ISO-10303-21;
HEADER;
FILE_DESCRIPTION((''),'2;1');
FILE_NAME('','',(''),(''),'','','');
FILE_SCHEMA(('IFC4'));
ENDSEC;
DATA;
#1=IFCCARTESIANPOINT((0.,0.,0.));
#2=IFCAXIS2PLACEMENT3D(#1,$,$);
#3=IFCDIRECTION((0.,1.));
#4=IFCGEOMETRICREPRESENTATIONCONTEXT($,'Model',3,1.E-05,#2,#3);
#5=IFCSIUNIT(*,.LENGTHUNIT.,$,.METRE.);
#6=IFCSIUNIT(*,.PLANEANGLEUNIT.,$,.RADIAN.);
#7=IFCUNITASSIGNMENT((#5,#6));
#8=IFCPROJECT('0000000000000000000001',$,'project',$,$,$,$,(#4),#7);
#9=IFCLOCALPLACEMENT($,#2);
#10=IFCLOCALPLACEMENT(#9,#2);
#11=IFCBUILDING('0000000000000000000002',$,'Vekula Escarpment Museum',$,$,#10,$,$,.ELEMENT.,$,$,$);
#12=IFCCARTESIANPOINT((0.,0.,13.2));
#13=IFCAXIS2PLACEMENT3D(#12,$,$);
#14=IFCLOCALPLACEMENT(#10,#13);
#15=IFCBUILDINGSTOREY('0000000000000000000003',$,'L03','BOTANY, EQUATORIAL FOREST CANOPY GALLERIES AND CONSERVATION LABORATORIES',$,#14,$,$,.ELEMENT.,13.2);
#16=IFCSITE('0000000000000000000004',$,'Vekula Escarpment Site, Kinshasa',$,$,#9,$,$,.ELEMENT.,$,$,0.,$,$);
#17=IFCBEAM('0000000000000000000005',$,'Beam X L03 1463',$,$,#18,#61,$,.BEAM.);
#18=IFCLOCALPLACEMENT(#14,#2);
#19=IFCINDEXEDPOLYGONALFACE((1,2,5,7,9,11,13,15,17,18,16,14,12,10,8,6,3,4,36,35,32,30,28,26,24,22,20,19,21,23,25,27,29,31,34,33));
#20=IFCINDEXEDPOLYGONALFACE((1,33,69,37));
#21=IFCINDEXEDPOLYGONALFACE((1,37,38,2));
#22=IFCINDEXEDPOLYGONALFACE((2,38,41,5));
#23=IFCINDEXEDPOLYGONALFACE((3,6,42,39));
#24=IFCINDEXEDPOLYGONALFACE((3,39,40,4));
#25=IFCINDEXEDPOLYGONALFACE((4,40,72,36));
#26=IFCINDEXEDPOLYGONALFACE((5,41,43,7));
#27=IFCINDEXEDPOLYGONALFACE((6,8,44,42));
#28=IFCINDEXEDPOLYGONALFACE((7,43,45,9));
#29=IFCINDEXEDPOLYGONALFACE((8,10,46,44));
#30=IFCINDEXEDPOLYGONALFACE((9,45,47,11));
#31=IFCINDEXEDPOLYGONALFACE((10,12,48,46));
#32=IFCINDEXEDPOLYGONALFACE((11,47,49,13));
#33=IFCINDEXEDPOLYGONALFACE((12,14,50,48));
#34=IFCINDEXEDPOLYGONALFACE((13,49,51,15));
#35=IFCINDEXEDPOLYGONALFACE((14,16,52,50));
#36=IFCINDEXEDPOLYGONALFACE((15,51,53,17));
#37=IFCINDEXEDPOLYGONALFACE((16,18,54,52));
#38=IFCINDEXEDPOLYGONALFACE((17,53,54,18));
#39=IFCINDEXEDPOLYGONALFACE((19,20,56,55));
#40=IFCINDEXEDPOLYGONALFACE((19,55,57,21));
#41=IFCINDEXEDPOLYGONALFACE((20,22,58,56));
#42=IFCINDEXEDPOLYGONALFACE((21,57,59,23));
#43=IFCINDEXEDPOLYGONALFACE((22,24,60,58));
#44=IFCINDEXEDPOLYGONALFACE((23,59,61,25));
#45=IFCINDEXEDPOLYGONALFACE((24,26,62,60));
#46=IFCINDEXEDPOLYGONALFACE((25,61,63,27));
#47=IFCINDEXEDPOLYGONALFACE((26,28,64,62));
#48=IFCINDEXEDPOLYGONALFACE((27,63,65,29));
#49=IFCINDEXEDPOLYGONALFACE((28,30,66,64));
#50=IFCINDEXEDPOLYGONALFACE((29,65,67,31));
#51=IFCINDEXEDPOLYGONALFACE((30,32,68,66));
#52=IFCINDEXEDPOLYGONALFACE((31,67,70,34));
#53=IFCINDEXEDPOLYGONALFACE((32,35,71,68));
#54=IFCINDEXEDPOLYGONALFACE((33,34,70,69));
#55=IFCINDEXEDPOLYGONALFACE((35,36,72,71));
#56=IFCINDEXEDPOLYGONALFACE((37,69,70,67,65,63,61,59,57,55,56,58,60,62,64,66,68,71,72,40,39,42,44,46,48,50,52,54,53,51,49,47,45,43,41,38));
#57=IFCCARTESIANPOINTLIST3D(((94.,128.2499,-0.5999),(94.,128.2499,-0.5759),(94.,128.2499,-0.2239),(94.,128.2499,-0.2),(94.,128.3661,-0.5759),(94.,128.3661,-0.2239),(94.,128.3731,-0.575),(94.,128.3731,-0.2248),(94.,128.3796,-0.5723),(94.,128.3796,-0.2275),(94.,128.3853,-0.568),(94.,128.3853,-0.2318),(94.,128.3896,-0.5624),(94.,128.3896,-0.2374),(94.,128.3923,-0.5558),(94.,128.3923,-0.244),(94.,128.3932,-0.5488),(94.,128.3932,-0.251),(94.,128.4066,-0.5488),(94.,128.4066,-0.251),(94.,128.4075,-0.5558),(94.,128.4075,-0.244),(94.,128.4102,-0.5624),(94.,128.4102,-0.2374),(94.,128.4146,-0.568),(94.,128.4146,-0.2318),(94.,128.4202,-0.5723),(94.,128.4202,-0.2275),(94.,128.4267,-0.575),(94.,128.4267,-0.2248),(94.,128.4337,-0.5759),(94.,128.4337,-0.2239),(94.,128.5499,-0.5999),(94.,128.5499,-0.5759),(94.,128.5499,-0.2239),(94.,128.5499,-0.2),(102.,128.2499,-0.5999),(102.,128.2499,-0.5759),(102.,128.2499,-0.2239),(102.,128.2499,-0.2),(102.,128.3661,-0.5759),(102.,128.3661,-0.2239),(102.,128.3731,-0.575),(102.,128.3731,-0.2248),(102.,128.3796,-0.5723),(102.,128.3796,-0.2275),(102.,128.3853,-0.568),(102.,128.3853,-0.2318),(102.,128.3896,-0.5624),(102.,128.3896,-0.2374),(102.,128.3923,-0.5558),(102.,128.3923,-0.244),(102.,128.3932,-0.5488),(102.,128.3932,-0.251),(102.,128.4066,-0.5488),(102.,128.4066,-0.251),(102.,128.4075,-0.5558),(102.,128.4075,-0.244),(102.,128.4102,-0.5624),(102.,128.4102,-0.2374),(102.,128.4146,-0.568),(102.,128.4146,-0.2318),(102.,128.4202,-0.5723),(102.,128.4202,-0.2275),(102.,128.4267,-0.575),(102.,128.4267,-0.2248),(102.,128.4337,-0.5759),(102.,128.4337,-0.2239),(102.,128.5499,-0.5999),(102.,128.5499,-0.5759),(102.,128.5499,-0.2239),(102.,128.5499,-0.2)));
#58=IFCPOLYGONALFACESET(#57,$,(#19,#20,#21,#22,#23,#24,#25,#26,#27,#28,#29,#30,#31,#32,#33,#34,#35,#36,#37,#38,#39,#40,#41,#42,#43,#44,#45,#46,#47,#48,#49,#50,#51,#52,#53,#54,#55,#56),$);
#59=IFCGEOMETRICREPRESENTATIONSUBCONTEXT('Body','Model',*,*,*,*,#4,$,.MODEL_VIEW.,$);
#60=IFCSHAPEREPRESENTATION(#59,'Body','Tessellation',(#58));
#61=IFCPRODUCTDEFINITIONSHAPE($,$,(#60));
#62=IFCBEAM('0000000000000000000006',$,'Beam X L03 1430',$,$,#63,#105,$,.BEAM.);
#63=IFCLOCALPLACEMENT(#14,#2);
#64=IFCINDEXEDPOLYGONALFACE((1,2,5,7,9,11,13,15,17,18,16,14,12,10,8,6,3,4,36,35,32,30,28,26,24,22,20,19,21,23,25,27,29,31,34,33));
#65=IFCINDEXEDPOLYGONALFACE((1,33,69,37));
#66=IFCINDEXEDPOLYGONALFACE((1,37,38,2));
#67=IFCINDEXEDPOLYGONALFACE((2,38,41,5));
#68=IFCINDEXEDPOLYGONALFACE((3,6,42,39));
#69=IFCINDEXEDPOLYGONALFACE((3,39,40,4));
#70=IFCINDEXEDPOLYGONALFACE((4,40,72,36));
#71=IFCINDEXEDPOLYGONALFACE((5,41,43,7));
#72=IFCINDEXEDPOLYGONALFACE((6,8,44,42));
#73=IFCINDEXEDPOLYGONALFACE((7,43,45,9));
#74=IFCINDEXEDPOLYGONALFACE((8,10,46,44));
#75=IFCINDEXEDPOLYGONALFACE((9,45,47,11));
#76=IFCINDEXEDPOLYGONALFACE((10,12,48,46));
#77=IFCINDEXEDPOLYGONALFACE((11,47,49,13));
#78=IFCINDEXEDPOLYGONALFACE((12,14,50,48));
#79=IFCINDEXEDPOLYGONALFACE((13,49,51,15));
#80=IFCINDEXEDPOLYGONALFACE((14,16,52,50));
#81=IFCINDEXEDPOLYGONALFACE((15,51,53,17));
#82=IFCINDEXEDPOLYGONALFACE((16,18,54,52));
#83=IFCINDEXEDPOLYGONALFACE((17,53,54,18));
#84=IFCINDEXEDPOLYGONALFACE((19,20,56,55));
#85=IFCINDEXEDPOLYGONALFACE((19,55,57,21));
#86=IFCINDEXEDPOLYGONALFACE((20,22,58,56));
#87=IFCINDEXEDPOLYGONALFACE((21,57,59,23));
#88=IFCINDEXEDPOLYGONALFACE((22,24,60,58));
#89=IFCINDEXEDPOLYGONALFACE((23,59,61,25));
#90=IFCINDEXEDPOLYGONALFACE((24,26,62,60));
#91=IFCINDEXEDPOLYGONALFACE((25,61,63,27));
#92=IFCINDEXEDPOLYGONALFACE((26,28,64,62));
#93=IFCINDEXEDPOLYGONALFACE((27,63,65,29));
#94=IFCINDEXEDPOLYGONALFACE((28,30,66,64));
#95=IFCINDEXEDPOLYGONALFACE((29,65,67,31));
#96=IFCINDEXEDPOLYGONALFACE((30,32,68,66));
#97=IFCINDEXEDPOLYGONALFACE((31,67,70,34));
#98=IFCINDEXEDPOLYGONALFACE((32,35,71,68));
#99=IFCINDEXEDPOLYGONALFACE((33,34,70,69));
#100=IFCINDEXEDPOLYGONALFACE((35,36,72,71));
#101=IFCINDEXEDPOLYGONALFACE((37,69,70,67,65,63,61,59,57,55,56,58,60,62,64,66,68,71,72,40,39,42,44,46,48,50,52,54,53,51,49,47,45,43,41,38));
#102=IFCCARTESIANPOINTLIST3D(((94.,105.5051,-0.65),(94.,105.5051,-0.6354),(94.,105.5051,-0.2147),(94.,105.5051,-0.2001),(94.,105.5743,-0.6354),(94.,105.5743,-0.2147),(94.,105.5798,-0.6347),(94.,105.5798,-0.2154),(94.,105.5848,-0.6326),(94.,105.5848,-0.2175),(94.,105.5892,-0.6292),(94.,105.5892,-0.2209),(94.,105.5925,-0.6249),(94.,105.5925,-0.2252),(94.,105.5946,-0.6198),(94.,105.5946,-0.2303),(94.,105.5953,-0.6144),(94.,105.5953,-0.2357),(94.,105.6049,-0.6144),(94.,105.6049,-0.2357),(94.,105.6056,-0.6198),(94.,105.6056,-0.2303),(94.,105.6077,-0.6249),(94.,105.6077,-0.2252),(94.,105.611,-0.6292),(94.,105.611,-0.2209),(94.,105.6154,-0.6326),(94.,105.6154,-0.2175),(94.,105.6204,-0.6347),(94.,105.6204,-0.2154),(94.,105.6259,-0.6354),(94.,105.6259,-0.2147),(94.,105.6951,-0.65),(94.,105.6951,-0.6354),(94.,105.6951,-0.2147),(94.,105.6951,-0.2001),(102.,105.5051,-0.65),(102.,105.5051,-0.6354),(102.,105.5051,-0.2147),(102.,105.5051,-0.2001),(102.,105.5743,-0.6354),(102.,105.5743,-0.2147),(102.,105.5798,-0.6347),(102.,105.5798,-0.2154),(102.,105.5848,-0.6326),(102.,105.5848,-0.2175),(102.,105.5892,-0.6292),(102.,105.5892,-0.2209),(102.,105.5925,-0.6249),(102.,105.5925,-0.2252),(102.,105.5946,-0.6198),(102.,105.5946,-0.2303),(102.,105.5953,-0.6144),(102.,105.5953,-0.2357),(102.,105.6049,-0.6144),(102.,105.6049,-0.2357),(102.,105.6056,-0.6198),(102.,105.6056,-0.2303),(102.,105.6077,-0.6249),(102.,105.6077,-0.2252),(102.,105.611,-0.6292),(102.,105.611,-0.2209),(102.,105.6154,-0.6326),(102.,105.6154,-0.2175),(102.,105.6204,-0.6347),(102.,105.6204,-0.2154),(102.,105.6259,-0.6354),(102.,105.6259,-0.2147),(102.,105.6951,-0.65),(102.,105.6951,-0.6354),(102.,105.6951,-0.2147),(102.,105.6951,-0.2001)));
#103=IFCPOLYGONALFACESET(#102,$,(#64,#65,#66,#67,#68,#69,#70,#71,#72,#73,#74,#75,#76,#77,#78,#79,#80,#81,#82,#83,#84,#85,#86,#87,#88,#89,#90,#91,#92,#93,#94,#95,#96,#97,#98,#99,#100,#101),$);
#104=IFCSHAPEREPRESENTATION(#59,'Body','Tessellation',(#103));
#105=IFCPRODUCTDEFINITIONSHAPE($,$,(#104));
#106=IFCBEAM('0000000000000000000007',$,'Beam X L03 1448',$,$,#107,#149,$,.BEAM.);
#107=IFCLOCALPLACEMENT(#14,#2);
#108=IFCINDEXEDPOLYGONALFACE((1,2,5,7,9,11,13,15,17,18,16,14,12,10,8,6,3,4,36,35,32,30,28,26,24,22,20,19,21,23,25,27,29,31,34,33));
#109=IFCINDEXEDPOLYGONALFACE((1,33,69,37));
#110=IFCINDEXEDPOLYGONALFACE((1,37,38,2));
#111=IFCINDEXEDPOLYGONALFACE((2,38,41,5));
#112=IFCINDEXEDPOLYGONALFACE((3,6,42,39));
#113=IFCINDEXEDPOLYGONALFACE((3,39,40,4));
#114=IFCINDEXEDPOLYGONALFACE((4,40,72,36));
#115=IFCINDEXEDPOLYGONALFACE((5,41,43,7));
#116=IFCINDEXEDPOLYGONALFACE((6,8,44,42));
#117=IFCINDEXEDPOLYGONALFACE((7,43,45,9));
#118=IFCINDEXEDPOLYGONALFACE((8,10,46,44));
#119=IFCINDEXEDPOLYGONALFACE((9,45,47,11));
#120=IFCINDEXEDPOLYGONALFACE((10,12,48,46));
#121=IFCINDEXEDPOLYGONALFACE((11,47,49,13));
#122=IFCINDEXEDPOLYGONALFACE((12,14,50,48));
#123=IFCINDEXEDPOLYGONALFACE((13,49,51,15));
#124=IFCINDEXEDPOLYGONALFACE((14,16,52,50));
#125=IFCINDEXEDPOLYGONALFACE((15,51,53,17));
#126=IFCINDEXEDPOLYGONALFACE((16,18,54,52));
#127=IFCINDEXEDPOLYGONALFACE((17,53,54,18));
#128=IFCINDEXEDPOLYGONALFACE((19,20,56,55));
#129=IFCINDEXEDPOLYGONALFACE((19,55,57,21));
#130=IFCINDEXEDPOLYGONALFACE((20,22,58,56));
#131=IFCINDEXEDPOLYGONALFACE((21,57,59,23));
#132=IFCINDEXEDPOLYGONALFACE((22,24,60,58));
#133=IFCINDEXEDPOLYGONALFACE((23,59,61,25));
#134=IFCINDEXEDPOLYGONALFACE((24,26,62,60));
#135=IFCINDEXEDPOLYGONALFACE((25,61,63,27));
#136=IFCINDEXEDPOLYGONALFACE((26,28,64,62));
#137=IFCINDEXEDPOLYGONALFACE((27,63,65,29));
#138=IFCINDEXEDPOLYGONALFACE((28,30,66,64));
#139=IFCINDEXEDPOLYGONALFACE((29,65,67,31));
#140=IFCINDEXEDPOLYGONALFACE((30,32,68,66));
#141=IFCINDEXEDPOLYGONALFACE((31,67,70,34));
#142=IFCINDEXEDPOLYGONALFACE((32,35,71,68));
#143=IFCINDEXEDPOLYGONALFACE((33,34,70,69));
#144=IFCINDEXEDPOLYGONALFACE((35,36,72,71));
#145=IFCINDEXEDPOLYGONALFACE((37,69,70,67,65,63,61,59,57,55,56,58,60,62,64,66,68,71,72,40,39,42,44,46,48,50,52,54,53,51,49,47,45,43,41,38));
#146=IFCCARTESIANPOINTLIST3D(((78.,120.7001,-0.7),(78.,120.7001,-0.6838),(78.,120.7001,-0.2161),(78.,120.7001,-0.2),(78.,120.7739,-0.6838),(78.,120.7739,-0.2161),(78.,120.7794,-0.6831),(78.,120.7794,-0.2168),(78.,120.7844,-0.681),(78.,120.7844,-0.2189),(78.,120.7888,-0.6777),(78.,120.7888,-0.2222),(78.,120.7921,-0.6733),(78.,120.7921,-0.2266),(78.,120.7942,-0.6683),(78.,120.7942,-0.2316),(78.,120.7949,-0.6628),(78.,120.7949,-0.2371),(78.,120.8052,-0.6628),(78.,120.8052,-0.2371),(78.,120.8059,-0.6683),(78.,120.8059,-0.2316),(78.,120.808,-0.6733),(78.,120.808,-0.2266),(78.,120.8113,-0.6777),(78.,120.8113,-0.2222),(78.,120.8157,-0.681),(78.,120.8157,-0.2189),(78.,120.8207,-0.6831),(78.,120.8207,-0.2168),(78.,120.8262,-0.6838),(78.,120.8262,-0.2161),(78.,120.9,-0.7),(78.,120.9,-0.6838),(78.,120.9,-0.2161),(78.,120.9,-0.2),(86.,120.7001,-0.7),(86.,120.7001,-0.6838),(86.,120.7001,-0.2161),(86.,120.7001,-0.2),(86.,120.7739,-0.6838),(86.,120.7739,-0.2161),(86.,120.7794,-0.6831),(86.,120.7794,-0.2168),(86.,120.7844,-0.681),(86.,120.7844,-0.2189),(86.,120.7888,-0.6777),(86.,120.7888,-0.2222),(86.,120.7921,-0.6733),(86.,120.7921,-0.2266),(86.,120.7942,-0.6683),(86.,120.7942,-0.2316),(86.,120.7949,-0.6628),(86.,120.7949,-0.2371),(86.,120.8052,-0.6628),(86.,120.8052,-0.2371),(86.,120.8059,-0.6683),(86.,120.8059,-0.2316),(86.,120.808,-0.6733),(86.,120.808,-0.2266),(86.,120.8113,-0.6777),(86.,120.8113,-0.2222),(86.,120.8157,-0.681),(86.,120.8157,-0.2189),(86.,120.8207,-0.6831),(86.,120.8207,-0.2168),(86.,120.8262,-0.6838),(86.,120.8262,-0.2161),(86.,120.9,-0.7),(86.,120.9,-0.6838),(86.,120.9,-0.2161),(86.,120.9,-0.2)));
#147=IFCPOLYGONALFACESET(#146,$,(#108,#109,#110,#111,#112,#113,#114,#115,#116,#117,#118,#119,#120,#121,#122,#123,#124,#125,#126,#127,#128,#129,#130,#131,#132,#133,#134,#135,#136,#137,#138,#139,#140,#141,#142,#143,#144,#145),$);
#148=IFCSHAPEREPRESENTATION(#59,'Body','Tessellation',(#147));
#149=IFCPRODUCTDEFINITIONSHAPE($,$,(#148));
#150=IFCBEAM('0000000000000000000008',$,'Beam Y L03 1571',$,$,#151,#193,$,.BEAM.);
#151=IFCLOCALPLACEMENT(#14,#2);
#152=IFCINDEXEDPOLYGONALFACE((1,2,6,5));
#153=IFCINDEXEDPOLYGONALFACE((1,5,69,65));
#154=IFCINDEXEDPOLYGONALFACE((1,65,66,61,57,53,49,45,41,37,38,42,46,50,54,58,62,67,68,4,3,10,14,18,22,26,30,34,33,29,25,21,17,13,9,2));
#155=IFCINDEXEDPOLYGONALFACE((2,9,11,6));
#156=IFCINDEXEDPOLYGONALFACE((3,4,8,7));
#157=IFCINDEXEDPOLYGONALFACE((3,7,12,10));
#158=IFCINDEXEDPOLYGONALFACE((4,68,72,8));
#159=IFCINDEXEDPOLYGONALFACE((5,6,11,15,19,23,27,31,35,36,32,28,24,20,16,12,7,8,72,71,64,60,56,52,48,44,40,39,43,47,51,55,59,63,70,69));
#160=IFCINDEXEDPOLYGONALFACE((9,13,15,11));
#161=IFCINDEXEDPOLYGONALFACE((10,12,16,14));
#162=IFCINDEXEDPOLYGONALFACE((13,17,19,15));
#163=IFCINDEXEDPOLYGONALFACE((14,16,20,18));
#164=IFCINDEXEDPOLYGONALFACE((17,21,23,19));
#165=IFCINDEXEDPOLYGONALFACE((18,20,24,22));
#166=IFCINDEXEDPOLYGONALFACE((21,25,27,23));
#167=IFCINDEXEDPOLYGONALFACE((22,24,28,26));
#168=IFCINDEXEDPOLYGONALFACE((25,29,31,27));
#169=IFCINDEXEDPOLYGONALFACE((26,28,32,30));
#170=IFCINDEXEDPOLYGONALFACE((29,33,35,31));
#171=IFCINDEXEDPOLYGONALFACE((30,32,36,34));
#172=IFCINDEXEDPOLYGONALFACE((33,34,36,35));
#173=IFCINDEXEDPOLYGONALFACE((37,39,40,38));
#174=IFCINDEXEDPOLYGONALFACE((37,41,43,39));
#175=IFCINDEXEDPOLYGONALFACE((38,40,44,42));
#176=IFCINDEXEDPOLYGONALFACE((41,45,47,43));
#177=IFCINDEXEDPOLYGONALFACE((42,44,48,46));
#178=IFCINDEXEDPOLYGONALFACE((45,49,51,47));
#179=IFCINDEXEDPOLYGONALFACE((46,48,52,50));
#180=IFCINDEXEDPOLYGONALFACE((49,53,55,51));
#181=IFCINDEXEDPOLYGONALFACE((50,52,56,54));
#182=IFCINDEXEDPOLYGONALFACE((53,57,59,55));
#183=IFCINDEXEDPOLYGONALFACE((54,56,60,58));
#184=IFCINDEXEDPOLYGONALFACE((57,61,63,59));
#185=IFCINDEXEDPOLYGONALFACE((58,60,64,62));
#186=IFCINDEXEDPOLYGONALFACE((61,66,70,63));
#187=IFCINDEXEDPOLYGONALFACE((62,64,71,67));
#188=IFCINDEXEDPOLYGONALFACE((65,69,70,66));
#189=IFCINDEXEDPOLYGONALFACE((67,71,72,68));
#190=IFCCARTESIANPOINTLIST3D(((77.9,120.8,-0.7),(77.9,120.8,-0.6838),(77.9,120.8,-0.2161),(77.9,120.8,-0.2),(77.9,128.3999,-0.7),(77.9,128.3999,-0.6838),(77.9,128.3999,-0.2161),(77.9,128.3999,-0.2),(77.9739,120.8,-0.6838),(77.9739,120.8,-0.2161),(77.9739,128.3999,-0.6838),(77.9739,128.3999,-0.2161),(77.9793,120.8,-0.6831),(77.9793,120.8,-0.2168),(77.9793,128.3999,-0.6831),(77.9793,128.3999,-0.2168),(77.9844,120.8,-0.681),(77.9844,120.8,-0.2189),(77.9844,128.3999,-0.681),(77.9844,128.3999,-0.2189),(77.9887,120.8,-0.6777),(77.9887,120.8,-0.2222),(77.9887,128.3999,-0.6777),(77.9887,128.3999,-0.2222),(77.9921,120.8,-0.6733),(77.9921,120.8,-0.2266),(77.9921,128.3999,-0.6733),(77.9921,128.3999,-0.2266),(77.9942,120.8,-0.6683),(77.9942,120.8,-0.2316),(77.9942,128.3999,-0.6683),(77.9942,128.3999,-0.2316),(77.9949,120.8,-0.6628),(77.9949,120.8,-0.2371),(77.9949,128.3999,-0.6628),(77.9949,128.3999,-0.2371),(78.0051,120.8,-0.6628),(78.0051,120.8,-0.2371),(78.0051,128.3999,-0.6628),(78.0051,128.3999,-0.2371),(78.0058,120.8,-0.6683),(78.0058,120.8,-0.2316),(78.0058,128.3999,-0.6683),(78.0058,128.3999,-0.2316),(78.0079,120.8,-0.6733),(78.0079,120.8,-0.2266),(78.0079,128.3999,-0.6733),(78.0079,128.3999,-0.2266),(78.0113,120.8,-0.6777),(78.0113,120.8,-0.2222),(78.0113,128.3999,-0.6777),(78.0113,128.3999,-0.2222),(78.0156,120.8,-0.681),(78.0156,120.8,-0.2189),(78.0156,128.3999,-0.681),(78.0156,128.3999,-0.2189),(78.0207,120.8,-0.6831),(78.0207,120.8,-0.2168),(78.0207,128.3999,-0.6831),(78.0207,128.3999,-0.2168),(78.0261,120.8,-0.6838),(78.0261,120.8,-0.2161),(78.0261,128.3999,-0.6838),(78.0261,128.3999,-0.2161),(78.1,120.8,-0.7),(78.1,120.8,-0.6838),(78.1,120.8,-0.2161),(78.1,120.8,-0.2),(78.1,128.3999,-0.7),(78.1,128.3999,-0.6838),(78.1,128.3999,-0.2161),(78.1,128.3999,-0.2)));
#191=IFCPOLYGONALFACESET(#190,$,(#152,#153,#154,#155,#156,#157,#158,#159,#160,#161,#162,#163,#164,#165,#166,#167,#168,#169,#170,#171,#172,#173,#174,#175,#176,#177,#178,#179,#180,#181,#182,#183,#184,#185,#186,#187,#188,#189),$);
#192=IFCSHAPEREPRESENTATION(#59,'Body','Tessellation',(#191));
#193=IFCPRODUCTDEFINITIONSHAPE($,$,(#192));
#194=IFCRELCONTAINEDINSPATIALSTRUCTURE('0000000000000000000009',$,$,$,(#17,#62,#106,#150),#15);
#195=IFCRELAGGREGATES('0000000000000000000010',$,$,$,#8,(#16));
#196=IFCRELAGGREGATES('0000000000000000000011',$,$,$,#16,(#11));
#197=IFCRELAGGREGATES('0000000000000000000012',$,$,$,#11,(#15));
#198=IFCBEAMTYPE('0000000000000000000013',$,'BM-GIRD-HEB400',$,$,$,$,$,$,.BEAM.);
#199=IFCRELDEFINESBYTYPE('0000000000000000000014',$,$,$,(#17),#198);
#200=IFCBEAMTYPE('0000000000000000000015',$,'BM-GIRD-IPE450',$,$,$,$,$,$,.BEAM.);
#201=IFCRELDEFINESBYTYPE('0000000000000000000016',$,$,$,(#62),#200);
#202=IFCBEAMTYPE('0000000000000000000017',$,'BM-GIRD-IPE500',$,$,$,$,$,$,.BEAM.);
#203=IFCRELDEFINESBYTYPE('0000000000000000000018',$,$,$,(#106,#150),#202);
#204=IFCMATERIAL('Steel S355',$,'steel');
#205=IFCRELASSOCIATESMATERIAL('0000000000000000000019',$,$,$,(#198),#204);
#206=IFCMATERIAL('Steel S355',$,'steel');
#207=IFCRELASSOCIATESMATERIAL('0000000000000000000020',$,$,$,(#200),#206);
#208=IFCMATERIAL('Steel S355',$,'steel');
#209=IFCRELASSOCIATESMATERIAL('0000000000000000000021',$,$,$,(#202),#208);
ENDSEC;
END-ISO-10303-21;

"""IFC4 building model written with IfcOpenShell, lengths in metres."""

from ifc_helpers import new_model, si_unit, direction, frame, origin, origin_2d, place, context, subcontext, project, spatial, i_section, extrude, material, material_profile, profile_set, type_object, element, save


model = new_model("IFC4")

# Units and contexts
model_context = context("Model", 3, precision=1e-05, world=origin(), true_north=direction((0.0, 1.0)))
body_context = subcontext(model_context, "Body", "Model", "MODEL_VIEW")
ifc_project = project(units=[si_unit("LENGTHUNIT", "METRE"), si_unit("PLANEANGLEUNIT", "RADIAN")], contexts=[model_context])

# Site, building, storey
site_placement = place(None, origin())
site = spatial("IfcSite", under=ifc_project, at=site_placement, Name="Vekula Escarpment Site, Kinshasa", CompositionType="ELEMENT", RefElevation=0.0)
building_placement = place(site_placement, origin())
building = spatial("IfcBuilding", under=site, at=building_placement, Name="Vekula Escarpment Museum", CompositionType="ELEMENT")
storey_placement = place(building_placement, frame((0.0, 0.0, 13.2)))
storey = spatial("IfcBuildingStorey", under=building, at=storey_placement, Name="L03", Description="BOTANY, EQUATORIAL FOREST CANOPY GALLERIES AND CONSERVATION LABORATORIES", CompositionType="ELEMENT", Elevation=13.2)

# Beams
ifc_material_1 = material(Name="Steel S355", Category="steel")
ifc_material_profile_1 = material_profile(ifc_material_1, i_section(OverallWidth=0.3, OverallDepth=0.3999, WebThickness=0.0134, FlangeThickness=0.0239, FilletRadius=0.0271, at=origin_2d()), Name="HEB 400")
ifc_profile_set_1 = profile_set([ifc_material_profile_1], Name="Steel S355")
beam_type_1 = type_object("IfcBeamType", Name="BM-GIRD-HEB400", PredefinedType="BEAM", material=ifc_profile_set_1)
beam_1_placement = place(storey_placement, frame((94.0, 128.3999, -0.3999), z_axis=(1.0, 0.0, 0.0), x_axis=(0.0, 1.0, 0.0)))
element("IfcBeam", 1, at=beam_1_placement, inside=storey, type_object=beam_type_1, Name="Beam X L03 1463", PredefinedType="BEAM", context=body_context, shape_type="SweptSolid", body=[
    extrude(i_section(OverallWidth=0.3, OverallDepth=0.3999, WebThickness=0.0134, FlangeThickness=0.0239, FilletRadius=0.0271, at=origin_2d()), origin(), (0.0, 0.0, 1.0), 8.0),
])
ifc_material_2 = material(Name="Steel S355", Category="steel")
ifc_material_profile_2 = material_profile(ifc_material_2, i_section(OverallWidth=0.1899, OverallDepth=0.45, WebThickness=0.0095, FlangeThickness=0.0146, FilletRadius=0.021, at=origin_2d()), Name="IPE 450")
ifc_profile_set_2 = profile_set([ifc_material_profile_2], Name="Steel S355")
beam_type_2 = type_object("IfcBeamType", Name="BM-GIRD-IPE450", PredefinedType="BEAM", material=ifc_profile_set_2)
beam_2_placement = place(storey_placement, frame((94.0, 105.6001, -0.425), z_axis=(1.0, 0.0, 0.0), x_axis=(0.0, 1.0, 0.0)))
element("IfcBeam", 2, at=beam_2_placement, inside=storey, type_object=beam_type_2, Name="Beam X L03 1430", PredefinedType="BEAM", context=body_context, shape_type="SweptSolid", body=[
    extrude(i_section(OverallWidth=0.1899, OverallDepth=0.45, WebThickness=0.0095, FlangeThickness=0.0146, FilletRadius=0.021, at=origin_2d()), origin(), (0.0, 0.0, 1.0), 8.0),
])
ifc_material_3 = material(Name="Steel S355", Category="steel")
ifc_material_profile_3 = material_profile(ifc_material_3, i_section(OverallWidth=0.2, OverallDepth=0.5, WebThickness=0.0103, FlangeThickness=0.0161, FilletRadius=0.021, at=origin_2d()), Name="IPE 500")
ifc_profile_set_3 = profile_set([ifc_material_profile_3], Name="Steel S355")
beam_type_3 = type_object("IfcBeamType", Name="BM-GIRD-IPE500", PredefinedType="BEAM", material=ifc_profile_set_3)
beam_3_placement = place(storey_placement, frame((78.0, 120.8, -0.45), z_axis=(1.0, 0.0, 0.0), x_axis=(0.0, 1.0, 0.0)))
element("IfcBeam", 3, at=beam_3_placement, inside=storey, type_object=beam_type_3, Name="Beam X L03 1448", PredefinedType="BEAM", context=body_context, shape_type="SweptSolid", body=[
    extrude(i_section(OverallWidth=0.2, OverallDepth=0.5, WebThickness=0.0103, FlangeThickness=0.0161, FilletRadius=0.021, at=origin_2d()), origin(), (0.0, 0.0, 1.0), 8.0),
])
beam_4_placement = place(storey_placement, frame((78.0, 120.8, -0.45), z_axis=(0.0, 1.0, 0.0), x_axis=(-1.0, 0.0, 0.0)))
element("IfcBeam", 4, at=beam_4_placement, inside=storey, type_object=beam_type_3, Name="Beam Y L03 1571", PredefinedType="BEAM", context=body_context, shape_type="SweptSolid", body=[
    extrude(i_section(OverallWidth=0.2, OverallDepth=0.5, WebThickness=0.0103, FlangeThickness=0.0161, FilletRadius=0.021, at=origin_2d()), origin(), (0.0, 0.0, 1.0), 7.5999),
])

save(model, "model.ifc")
